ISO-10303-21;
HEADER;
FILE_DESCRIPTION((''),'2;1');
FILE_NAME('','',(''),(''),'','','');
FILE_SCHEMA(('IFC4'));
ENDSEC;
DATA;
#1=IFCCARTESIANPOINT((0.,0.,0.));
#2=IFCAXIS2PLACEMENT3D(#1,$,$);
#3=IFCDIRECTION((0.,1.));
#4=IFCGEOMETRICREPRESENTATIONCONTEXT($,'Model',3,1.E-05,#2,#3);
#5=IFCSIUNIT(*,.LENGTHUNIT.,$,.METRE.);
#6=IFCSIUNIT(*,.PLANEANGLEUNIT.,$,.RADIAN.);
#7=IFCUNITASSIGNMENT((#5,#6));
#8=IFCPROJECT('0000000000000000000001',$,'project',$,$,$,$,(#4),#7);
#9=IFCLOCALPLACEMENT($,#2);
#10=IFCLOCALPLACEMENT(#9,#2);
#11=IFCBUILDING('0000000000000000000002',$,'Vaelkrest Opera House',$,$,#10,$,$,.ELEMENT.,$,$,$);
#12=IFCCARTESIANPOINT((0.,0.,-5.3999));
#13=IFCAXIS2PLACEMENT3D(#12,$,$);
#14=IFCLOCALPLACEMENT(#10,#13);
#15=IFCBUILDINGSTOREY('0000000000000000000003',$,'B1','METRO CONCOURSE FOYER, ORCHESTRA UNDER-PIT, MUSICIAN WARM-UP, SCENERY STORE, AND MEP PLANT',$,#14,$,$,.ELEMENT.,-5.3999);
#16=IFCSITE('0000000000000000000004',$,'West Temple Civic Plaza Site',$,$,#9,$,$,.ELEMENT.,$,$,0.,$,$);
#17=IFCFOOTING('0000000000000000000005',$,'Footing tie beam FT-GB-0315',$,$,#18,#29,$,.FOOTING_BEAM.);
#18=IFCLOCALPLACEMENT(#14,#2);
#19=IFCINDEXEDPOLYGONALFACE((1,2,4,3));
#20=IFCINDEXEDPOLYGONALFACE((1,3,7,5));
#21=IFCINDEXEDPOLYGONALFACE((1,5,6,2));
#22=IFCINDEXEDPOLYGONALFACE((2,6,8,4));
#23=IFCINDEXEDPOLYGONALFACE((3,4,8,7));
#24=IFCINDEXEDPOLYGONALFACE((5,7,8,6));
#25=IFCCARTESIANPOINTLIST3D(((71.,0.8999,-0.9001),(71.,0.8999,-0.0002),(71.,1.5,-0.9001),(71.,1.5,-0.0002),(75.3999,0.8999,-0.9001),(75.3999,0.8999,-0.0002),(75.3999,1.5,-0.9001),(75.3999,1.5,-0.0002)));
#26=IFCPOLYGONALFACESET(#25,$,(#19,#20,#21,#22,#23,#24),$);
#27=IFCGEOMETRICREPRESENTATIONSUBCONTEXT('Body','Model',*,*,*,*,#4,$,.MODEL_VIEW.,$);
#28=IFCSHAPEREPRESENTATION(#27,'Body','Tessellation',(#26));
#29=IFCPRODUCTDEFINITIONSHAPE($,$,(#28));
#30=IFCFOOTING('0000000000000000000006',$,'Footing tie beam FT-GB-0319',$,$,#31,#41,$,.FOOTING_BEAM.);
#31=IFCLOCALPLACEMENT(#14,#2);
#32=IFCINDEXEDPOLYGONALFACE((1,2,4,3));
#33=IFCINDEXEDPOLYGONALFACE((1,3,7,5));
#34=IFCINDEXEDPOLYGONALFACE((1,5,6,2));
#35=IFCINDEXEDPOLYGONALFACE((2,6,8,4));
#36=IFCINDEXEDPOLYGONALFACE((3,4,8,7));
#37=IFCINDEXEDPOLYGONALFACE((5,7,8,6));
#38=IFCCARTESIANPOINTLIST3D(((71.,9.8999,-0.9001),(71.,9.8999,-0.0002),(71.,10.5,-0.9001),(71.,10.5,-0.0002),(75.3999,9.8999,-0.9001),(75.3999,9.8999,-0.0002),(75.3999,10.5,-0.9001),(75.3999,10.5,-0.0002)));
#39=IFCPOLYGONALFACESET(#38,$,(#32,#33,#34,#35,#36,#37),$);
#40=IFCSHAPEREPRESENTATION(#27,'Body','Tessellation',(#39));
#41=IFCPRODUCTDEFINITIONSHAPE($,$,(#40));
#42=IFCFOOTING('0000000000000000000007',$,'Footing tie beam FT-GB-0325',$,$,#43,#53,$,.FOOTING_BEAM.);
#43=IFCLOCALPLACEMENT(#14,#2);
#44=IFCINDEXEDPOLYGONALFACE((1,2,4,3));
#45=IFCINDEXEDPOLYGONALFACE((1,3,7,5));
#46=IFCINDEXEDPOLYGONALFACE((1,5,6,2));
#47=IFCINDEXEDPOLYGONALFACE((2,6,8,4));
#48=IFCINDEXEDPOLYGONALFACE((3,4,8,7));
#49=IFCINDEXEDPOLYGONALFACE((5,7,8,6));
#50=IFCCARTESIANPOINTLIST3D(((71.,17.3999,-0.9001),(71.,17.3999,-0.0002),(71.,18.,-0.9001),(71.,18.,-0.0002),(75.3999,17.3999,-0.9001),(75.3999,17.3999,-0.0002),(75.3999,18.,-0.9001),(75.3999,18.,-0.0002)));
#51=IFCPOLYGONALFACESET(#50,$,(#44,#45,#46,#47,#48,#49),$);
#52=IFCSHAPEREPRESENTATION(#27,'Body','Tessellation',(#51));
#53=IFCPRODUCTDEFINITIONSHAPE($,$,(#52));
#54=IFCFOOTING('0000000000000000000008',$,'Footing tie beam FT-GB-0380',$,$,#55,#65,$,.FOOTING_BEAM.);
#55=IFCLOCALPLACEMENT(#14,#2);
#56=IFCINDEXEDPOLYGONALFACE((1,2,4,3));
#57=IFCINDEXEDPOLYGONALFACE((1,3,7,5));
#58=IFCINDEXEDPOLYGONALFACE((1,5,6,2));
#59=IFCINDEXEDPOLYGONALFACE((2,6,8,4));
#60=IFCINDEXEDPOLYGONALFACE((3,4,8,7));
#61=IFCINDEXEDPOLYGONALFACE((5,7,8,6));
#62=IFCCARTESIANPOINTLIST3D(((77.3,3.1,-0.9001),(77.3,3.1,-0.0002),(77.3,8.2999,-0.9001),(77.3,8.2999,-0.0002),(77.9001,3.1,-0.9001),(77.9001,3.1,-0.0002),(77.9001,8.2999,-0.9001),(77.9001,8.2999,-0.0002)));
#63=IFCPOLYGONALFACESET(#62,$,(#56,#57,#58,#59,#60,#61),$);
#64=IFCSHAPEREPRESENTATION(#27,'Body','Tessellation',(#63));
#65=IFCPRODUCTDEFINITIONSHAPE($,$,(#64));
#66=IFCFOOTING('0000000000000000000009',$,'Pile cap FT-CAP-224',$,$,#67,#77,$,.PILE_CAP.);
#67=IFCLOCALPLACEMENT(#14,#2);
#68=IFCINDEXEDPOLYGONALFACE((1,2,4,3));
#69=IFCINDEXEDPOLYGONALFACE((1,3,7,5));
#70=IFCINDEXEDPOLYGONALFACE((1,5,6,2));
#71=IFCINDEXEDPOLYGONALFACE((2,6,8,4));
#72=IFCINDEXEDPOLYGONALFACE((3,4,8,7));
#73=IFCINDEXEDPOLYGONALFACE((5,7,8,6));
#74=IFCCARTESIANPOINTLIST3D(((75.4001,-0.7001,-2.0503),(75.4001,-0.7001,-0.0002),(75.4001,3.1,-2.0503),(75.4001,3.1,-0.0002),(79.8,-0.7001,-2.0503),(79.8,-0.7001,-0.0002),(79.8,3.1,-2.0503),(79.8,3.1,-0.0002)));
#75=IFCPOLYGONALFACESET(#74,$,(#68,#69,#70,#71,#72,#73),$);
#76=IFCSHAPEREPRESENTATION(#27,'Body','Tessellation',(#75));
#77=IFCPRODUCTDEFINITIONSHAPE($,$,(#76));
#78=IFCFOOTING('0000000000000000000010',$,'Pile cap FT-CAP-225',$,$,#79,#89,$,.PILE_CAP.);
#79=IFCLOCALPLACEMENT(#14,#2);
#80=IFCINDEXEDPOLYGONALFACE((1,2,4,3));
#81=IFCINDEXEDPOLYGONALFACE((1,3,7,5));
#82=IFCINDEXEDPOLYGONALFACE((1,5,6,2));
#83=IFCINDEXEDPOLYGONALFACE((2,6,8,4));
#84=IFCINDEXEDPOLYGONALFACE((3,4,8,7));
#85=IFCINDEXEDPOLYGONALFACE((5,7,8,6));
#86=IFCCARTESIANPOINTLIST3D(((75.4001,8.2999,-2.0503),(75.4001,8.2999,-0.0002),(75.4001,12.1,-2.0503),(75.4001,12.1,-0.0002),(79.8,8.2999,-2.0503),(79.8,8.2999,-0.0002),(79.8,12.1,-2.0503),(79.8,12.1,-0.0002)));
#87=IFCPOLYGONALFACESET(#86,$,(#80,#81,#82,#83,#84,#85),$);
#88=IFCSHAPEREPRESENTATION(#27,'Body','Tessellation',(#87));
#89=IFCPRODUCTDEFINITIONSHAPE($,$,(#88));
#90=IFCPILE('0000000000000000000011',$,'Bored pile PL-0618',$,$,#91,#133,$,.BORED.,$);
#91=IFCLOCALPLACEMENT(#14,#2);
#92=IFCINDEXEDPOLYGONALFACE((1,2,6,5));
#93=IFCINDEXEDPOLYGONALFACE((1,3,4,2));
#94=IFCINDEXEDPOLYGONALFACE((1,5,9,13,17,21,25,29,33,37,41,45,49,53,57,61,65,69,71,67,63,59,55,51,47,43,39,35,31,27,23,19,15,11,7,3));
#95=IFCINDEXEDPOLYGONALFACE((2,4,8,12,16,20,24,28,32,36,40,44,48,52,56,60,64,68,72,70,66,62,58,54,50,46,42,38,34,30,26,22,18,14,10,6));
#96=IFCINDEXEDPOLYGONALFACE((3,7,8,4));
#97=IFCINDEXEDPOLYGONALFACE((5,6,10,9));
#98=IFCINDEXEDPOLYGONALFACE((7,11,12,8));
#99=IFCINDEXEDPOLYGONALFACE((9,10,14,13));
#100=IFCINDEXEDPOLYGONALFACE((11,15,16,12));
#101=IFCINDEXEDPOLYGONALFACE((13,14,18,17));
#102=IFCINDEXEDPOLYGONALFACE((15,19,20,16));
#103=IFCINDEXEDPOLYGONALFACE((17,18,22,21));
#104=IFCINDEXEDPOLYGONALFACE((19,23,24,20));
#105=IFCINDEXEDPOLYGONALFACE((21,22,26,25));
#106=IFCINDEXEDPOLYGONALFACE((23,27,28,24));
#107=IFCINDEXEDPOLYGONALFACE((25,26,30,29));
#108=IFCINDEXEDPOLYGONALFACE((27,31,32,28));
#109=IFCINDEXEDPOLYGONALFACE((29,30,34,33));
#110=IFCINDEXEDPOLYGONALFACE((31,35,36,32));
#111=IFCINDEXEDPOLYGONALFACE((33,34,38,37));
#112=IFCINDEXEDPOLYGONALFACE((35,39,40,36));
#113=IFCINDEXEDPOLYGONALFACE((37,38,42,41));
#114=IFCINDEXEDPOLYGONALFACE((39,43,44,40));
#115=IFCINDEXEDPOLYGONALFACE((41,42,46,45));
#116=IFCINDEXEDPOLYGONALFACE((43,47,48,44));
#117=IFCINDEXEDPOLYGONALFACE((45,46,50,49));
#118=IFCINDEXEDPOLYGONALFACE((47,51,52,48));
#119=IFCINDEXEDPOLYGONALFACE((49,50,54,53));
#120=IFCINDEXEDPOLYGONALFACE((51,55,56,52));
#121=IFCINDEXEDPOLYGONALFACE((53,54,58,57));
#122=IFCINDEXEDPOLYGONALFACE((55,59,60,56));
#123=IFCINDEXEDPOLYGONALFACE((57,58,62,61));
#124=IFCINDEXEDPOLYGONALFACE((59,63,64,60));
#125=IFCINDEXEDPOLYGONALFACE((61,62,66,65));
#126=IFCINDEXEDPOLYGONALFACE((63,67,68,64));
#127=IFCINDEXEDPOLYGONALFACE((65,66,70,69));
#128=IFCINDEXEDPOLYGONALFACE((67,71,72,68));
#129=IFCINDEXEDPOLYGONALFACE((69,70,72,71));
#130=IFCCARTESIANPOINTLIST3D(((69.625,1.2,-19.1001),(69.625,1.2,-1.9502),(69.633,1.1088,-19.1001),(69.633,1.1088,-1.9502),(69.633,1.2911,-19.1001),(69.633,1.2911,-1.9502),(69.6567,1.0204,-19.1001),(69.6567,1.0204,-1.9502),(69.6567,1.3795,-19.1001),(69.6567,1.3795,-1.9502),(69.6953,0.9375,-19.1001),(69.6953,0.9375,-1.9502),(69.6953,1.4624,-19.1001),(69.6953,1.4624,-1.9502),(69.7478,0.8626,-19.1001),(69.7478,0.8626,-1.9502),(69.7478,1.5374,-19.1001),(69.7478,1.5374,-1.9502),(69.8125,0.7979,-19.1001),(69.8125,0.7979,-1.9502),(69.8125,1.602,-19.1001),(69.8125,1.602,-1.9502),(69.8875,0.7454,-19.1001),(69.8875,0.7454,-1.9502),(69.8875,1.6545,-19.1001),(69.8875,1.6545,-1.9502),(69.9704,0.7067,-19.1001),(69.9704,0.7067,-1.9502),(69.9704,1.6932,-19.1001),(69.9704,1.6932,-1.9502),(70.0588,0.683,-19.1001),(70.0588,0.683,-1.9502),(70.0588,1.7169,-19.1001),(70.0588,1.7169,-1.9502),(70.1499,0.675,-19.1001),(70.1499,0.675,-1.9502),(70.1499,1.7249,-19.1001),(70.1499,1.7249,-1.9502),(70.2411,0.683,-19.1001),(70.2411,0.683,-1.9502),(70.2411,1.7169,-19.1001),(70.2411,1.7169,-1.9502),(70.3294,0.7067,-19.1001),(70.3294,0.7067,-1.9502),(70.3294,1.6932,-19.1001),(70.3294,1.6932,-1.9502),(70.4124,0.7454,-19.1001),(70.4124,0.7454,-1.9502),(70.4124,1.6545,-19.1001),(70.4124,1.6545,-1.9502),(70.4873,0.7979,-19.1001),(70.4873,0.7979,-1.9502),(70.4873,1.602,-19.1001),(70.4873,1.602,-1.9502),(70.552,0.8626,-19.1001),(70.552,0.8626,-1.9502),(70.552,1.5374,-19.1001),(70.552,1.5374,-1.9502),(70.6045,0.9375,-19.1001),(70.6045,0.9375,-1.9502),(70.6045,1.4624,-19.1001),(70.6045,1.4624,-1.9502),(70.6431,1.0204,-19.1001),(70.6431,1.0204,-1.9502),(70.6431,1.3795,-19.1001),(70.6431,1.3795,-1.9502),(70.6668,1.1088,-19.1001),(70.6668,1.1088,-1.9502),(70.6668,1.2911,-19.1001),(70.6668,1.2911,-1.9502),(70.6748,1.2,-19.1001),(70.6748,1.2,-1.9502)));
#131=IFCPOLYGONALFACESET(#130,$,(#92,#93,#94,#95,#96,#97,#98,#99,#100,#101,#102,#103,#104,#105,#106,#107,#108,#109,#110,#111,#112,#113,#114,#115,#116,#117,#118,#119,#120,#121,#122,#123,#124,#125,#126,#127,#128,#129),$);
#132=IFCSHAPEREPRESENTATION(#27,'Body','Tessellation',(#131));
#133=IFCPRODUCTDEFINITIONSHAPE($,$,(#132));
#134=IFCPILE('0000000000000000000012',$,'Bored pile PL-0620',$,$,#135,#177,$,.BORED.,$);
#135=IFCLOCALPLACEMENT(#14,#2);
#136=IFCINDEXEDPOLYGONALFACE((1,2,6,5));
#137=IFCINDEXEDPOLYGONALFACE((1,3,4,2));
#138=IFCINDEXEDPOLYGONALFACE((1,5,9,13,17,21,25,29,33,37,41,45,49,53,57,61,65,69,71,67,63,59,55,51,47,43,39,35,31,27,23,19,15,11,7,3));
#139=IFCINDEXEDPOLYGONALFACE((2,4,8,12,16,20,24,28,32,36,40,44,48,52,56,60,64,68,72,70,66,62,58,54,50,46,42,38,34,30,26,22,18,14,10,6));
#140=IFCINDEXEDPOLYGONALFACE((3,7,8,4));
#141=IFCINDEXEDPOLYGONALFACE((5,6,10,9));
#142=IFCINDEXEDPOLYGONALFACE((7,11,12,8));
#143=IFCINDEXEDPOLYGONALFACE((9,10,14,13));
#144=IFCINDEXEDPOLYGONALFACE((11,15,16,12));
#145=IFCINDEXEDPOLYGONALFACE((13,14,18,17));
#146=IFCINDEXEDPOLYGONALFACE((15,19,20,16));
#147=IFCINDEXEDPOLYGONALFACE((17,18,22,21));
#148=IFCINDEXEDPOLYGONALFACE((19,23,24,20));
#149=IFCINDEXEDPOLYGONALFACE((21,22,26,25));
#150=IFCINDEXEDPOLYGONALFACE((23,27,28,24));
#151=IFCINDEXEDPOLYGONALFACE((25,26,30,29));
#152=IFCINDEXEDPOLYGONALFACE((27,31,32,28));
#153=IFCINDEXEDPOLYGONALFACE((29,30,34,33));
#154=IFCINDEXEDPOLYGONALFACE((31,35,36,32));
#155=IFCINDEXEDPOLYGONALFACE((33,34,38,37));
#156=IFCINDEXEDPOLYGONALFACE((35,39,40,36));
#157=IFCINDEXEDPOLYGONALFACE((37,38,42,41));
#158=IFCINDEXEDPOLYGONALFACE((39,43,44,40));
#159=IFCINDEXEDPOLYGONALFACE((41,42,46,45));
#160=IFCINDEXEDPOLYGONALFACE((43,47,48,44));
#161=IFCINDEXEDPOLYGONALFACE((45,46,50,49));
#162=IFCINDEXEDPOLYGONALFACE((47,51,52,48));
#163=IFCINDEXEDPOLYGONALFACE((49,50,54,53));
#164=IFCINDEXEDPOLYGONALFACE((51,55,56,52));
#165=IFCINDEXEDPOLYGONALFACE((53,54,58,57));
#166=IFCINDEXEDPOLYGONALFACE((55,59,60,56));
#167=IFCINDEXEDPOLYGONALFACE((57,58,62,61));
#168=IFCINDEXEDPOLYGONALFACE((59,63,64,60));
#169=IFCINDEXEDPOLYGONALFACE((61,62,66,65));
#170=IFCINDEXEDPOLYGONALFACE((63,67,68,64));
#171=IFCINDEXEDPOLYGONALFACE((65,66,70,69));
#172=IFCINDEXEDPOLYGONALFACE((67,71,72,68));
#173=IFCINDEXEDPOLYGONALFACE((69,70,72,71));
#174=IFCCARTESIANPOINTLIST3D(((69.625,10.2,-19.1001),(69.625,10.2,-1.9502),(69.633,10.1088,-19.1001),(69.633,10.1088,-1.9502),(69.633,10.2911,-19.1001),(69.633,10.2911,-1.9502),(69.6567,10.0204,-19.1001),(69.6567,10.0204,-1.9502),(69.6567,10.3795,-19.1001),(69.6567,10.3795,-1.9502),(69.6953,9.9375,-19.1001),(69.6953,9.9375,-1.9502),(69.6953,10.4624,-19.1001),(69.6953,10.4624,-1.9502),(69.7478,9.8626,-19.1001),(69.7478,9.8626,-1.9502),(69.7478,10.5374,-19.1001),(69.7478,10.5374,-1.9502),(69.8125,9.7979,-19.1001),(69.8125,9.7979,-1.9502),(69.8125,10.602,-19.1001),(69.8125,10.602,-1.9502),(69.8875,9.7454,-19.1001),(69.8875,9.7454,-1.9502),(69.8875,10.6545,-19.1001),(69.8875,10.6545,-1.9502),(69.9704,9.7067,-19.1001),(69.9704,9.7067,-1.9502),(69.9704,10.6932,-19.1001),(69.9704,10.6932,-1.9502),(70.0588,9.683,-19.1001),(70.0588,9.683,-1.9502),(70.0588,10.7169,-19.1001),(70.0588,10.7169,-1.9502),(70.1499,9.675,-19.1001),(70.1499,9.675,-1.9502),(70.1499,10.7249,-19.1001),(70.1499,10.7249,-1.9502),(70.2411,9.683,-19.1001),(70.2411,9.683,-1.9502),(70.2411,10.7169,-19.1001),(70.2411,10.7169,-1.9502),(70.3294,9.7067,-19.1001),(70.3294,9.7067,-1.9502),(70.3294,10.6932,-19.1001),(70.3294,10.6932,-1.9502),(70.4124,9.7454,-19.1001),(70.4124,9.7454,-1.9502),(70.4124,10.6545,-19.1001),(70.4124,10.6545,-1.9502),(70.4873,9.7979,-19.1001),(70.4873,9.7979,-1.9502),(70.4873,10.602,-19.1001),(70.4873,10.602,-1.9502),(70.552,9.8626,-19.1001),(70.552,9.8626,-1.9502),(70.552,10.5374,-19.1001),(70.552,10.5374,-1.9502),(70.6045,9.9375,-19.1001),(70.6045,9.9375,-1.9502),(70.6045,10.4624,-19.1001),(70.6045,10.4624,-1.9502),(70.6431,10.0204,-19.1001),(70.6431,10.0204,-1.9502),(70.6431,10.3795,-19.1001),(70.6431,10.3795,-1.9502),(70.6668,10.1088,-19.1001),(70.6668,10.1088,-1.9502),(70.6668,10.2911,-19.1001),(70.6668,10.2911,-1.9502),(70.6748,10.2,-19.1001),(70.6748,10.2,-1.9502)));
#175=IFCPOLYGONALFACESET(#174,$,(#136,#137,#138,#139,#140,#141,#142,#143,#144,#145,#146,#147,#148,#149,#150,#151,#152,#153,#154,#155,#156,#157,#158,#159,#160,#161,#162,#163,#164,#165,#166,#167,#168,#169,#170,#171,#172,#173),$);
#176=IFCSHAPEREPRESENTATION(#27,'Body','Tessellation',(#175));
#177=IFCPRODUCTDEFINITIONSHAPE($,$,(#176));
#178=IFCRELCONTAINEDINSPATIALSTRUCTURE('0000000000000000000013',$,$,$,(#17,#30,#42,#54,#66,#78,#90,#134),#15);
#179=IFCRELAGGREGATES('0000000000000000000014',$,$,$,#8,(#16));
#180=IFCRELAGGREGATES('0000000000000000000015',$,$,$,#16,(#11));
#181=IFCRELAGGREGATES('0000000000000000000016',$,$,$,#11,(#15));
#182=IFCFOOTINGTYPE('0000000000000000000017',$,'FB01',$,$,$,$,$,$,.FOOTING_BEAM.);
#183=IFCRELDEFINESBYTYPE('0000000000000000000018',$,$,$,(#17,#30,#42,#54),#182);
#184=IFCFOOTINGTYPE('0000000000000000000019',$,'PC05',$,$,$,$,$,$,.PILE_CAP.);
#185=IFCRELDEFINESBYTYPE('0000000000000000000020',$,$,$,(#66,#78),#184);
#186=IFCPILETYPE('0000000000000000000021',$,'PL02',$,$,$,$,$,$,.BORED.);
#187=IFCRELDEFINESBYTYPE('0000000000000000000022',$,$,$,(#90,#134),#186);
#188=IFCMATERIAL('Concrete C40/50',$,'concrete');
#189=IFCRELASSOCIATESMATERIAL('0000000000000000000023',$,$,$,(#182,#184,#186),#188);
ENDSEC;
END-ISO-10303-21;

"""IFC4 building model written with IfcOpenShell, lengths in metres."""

from ifc_helpers import new_model, si_unit, direction, frame, origin, origin_2d, place, context, subcontext, project, spatial, rectangle, circle, extrude, material, material_profile, profile_set, type_object, element, save


model = new_model("IFC4")

# Units and contexts
model_context = context("Model", 3, precision=1e-05, world=origin(), true_north=direction((0.0, 1.0)))
body_context = subcontext(model_context, "Body", "Model", "MODEL_VIEW")
ifc_project = project(units=[si_unit("LENGTHUNIT", "METRE"), si_unit("PLANEANGLEUNIT", "RADIAN")], contexts=[model_context])

# Site, building, storey
site_placement = place(None, origin())
site = spatial("IfcSite", under=ifc_project, at=site_placement, Name="West Temple Civic Plaza Site", CompositionType="ELEMENT", RefElevation=0.0)
building_placement = place(site_placement, origin())
building = spatial("IfcBuilding", under=site, at=building_placement, Name="Vaelkrest Opera House", CompositionType="ELEMENT")
storey_placement = place(building_placement, frame((0.0, 0.0, -5.3999)))
storey = spatial("IfcBuildingStorey", under=building, at=storey_placement, Name="B1", Description="METRO CONCOURSE FOYER, ORCHESTRA UNDER-PIT, MUSICIAN WARM-UP, SCENERY STORE, AND MEP PLANT", CompositionType="ELEMENT", Elevation=-5.3999)

# Footings
ifc_material_1 = material(Name="Concrete C40/50", Category="concrete")
footing_type_1 = type_object("IfcFootingType", Name="FB01", PredefinedType="FOOTING_BEAM", material=ifc_material_1)
for number, where, z_axis, x_axis, name in (
    (1, (73.2, 1.2, -0.9001), (0.0, 0.0, 1.0), (1.0, 0.0, 0.0), "Footing tie beam FT-GB-0315"),
    (2, (73.2, 10.2, -0.9001), (0.0, 0.0, 1.0), (1.0, 0.0, 0.0), "Footing tie beam FT-GB-0319"),
    (3, (73.2, 17.7, -0.9001), (0.0, 0.0, 1.0), (1.0, 0.0, 0.0), "Footing tie beam FT-GB-0325"),
):
    element("IfcFooting", number, at=place(storey_placement, frame(where, z_axis=z_axis, x_axis=x_axis)), inside=storey, type_object=footing_type_1, Name=name, PredefinedType="FOOTING_BEAM", context=body_context, shape_type="SweptSolid", body=[
        extrude(rectangle(XDim=4.3999, YDim=0.6001, at=origin_2d()), origin(), (0.0, 0.0, 1.0), 0.8999),
    ])
footing_placement = place(storey_placement, frame((77.6001, 5.7, -0.9001), z_axis=(0.0, 0.0, 1.0), x_axis=(0.0, 1.0, 0.0)))
element("IfcFooting", 4, at=footing_placement, inside=storey, type_object=footing_type_1, Name="Footing tie beam FT-GB-0380", PredefinedType="FOOTING_BEAM", context=body_context, shape_type="SweptSolid", body=[
    extrude(rectangle(XDim=5.2, YDim=0.6001, at=origin_2d()), origin(), (0.0, 0.0, 1.0), 0.8999),
])
footing_type_2 = type_object("IfcFootingType", Name="PC05", PredefinedType="PILE_CAP", material=ifc_material_1)
for number, where, z_axis, x_axis, name in (
    (5, (77.6001, 1.2, -2.0503), (0.0, 0.0, 1.0), (1.0, 0.0, 0.0), "Pile cap FT-CAP-224"),
    (6, (77.6001, 10.2, -2.0503), (0.0, 0.0, 1.0), (1.0, 0.0, 0.0), "Pile cap FT-CAP-225"),
):
    element("IfcFooting", number, at=place(storey_placement, frame(where, z_axis=z_axis, x_axis=x_axis)), inside=storey, type_object=footing_type_2, Name=name, PredefinedType="PILE_CAP", context=body_context, shape_type="SweptSolid", body=[
        extrude(rectangle(XDim=4.3999, YDim=3.8, at=origin_2d()), origin(), (0.0, 0.0, 1.0), 2.05),
    ])

# Piles
ifc_material_profile_1 = material_profile(ifc_material_1, circle(Radius=0.5249, at=origin_2d()), Name="PILE1050")
ifc_profile_set_1 = profile_set([ifc_material_profile_1], Name="Concrete C40/50")
pile_type = type_object("IfcPileType", Name="PL02", PredefinedType="BORED", material=ifc_profile_set_1)
for number, where, z_axis, x_axis, name in (
    (7, (70.1499, 1.2, -1.9502), (0.0, 0.0, -1.0), (1.0, 0.0, 0.0), "Bored pile PL-0618"),
    (8, (70.1499, 10.2, -1.9502), (0.0, 0.0, -1.0), (1.0, 0.0, 0.0), "Bored pile PL-0620"),
):
    element("IfcPile", number, at=place(storey_placement, frame(where, z_axis=z_axis, x_axis=x_axis)), inside=storey, type_object=pile_type, Name=name, PredefinedType="BORED", context=body_context, shape_type="SweptSolid", body=[
        extrude(circle(Radius=0.5249, at=origin_2d()), origin(), (0.0, 0.0, 1.0), 17.1499),
    ])

save(model, "model.ifc")
